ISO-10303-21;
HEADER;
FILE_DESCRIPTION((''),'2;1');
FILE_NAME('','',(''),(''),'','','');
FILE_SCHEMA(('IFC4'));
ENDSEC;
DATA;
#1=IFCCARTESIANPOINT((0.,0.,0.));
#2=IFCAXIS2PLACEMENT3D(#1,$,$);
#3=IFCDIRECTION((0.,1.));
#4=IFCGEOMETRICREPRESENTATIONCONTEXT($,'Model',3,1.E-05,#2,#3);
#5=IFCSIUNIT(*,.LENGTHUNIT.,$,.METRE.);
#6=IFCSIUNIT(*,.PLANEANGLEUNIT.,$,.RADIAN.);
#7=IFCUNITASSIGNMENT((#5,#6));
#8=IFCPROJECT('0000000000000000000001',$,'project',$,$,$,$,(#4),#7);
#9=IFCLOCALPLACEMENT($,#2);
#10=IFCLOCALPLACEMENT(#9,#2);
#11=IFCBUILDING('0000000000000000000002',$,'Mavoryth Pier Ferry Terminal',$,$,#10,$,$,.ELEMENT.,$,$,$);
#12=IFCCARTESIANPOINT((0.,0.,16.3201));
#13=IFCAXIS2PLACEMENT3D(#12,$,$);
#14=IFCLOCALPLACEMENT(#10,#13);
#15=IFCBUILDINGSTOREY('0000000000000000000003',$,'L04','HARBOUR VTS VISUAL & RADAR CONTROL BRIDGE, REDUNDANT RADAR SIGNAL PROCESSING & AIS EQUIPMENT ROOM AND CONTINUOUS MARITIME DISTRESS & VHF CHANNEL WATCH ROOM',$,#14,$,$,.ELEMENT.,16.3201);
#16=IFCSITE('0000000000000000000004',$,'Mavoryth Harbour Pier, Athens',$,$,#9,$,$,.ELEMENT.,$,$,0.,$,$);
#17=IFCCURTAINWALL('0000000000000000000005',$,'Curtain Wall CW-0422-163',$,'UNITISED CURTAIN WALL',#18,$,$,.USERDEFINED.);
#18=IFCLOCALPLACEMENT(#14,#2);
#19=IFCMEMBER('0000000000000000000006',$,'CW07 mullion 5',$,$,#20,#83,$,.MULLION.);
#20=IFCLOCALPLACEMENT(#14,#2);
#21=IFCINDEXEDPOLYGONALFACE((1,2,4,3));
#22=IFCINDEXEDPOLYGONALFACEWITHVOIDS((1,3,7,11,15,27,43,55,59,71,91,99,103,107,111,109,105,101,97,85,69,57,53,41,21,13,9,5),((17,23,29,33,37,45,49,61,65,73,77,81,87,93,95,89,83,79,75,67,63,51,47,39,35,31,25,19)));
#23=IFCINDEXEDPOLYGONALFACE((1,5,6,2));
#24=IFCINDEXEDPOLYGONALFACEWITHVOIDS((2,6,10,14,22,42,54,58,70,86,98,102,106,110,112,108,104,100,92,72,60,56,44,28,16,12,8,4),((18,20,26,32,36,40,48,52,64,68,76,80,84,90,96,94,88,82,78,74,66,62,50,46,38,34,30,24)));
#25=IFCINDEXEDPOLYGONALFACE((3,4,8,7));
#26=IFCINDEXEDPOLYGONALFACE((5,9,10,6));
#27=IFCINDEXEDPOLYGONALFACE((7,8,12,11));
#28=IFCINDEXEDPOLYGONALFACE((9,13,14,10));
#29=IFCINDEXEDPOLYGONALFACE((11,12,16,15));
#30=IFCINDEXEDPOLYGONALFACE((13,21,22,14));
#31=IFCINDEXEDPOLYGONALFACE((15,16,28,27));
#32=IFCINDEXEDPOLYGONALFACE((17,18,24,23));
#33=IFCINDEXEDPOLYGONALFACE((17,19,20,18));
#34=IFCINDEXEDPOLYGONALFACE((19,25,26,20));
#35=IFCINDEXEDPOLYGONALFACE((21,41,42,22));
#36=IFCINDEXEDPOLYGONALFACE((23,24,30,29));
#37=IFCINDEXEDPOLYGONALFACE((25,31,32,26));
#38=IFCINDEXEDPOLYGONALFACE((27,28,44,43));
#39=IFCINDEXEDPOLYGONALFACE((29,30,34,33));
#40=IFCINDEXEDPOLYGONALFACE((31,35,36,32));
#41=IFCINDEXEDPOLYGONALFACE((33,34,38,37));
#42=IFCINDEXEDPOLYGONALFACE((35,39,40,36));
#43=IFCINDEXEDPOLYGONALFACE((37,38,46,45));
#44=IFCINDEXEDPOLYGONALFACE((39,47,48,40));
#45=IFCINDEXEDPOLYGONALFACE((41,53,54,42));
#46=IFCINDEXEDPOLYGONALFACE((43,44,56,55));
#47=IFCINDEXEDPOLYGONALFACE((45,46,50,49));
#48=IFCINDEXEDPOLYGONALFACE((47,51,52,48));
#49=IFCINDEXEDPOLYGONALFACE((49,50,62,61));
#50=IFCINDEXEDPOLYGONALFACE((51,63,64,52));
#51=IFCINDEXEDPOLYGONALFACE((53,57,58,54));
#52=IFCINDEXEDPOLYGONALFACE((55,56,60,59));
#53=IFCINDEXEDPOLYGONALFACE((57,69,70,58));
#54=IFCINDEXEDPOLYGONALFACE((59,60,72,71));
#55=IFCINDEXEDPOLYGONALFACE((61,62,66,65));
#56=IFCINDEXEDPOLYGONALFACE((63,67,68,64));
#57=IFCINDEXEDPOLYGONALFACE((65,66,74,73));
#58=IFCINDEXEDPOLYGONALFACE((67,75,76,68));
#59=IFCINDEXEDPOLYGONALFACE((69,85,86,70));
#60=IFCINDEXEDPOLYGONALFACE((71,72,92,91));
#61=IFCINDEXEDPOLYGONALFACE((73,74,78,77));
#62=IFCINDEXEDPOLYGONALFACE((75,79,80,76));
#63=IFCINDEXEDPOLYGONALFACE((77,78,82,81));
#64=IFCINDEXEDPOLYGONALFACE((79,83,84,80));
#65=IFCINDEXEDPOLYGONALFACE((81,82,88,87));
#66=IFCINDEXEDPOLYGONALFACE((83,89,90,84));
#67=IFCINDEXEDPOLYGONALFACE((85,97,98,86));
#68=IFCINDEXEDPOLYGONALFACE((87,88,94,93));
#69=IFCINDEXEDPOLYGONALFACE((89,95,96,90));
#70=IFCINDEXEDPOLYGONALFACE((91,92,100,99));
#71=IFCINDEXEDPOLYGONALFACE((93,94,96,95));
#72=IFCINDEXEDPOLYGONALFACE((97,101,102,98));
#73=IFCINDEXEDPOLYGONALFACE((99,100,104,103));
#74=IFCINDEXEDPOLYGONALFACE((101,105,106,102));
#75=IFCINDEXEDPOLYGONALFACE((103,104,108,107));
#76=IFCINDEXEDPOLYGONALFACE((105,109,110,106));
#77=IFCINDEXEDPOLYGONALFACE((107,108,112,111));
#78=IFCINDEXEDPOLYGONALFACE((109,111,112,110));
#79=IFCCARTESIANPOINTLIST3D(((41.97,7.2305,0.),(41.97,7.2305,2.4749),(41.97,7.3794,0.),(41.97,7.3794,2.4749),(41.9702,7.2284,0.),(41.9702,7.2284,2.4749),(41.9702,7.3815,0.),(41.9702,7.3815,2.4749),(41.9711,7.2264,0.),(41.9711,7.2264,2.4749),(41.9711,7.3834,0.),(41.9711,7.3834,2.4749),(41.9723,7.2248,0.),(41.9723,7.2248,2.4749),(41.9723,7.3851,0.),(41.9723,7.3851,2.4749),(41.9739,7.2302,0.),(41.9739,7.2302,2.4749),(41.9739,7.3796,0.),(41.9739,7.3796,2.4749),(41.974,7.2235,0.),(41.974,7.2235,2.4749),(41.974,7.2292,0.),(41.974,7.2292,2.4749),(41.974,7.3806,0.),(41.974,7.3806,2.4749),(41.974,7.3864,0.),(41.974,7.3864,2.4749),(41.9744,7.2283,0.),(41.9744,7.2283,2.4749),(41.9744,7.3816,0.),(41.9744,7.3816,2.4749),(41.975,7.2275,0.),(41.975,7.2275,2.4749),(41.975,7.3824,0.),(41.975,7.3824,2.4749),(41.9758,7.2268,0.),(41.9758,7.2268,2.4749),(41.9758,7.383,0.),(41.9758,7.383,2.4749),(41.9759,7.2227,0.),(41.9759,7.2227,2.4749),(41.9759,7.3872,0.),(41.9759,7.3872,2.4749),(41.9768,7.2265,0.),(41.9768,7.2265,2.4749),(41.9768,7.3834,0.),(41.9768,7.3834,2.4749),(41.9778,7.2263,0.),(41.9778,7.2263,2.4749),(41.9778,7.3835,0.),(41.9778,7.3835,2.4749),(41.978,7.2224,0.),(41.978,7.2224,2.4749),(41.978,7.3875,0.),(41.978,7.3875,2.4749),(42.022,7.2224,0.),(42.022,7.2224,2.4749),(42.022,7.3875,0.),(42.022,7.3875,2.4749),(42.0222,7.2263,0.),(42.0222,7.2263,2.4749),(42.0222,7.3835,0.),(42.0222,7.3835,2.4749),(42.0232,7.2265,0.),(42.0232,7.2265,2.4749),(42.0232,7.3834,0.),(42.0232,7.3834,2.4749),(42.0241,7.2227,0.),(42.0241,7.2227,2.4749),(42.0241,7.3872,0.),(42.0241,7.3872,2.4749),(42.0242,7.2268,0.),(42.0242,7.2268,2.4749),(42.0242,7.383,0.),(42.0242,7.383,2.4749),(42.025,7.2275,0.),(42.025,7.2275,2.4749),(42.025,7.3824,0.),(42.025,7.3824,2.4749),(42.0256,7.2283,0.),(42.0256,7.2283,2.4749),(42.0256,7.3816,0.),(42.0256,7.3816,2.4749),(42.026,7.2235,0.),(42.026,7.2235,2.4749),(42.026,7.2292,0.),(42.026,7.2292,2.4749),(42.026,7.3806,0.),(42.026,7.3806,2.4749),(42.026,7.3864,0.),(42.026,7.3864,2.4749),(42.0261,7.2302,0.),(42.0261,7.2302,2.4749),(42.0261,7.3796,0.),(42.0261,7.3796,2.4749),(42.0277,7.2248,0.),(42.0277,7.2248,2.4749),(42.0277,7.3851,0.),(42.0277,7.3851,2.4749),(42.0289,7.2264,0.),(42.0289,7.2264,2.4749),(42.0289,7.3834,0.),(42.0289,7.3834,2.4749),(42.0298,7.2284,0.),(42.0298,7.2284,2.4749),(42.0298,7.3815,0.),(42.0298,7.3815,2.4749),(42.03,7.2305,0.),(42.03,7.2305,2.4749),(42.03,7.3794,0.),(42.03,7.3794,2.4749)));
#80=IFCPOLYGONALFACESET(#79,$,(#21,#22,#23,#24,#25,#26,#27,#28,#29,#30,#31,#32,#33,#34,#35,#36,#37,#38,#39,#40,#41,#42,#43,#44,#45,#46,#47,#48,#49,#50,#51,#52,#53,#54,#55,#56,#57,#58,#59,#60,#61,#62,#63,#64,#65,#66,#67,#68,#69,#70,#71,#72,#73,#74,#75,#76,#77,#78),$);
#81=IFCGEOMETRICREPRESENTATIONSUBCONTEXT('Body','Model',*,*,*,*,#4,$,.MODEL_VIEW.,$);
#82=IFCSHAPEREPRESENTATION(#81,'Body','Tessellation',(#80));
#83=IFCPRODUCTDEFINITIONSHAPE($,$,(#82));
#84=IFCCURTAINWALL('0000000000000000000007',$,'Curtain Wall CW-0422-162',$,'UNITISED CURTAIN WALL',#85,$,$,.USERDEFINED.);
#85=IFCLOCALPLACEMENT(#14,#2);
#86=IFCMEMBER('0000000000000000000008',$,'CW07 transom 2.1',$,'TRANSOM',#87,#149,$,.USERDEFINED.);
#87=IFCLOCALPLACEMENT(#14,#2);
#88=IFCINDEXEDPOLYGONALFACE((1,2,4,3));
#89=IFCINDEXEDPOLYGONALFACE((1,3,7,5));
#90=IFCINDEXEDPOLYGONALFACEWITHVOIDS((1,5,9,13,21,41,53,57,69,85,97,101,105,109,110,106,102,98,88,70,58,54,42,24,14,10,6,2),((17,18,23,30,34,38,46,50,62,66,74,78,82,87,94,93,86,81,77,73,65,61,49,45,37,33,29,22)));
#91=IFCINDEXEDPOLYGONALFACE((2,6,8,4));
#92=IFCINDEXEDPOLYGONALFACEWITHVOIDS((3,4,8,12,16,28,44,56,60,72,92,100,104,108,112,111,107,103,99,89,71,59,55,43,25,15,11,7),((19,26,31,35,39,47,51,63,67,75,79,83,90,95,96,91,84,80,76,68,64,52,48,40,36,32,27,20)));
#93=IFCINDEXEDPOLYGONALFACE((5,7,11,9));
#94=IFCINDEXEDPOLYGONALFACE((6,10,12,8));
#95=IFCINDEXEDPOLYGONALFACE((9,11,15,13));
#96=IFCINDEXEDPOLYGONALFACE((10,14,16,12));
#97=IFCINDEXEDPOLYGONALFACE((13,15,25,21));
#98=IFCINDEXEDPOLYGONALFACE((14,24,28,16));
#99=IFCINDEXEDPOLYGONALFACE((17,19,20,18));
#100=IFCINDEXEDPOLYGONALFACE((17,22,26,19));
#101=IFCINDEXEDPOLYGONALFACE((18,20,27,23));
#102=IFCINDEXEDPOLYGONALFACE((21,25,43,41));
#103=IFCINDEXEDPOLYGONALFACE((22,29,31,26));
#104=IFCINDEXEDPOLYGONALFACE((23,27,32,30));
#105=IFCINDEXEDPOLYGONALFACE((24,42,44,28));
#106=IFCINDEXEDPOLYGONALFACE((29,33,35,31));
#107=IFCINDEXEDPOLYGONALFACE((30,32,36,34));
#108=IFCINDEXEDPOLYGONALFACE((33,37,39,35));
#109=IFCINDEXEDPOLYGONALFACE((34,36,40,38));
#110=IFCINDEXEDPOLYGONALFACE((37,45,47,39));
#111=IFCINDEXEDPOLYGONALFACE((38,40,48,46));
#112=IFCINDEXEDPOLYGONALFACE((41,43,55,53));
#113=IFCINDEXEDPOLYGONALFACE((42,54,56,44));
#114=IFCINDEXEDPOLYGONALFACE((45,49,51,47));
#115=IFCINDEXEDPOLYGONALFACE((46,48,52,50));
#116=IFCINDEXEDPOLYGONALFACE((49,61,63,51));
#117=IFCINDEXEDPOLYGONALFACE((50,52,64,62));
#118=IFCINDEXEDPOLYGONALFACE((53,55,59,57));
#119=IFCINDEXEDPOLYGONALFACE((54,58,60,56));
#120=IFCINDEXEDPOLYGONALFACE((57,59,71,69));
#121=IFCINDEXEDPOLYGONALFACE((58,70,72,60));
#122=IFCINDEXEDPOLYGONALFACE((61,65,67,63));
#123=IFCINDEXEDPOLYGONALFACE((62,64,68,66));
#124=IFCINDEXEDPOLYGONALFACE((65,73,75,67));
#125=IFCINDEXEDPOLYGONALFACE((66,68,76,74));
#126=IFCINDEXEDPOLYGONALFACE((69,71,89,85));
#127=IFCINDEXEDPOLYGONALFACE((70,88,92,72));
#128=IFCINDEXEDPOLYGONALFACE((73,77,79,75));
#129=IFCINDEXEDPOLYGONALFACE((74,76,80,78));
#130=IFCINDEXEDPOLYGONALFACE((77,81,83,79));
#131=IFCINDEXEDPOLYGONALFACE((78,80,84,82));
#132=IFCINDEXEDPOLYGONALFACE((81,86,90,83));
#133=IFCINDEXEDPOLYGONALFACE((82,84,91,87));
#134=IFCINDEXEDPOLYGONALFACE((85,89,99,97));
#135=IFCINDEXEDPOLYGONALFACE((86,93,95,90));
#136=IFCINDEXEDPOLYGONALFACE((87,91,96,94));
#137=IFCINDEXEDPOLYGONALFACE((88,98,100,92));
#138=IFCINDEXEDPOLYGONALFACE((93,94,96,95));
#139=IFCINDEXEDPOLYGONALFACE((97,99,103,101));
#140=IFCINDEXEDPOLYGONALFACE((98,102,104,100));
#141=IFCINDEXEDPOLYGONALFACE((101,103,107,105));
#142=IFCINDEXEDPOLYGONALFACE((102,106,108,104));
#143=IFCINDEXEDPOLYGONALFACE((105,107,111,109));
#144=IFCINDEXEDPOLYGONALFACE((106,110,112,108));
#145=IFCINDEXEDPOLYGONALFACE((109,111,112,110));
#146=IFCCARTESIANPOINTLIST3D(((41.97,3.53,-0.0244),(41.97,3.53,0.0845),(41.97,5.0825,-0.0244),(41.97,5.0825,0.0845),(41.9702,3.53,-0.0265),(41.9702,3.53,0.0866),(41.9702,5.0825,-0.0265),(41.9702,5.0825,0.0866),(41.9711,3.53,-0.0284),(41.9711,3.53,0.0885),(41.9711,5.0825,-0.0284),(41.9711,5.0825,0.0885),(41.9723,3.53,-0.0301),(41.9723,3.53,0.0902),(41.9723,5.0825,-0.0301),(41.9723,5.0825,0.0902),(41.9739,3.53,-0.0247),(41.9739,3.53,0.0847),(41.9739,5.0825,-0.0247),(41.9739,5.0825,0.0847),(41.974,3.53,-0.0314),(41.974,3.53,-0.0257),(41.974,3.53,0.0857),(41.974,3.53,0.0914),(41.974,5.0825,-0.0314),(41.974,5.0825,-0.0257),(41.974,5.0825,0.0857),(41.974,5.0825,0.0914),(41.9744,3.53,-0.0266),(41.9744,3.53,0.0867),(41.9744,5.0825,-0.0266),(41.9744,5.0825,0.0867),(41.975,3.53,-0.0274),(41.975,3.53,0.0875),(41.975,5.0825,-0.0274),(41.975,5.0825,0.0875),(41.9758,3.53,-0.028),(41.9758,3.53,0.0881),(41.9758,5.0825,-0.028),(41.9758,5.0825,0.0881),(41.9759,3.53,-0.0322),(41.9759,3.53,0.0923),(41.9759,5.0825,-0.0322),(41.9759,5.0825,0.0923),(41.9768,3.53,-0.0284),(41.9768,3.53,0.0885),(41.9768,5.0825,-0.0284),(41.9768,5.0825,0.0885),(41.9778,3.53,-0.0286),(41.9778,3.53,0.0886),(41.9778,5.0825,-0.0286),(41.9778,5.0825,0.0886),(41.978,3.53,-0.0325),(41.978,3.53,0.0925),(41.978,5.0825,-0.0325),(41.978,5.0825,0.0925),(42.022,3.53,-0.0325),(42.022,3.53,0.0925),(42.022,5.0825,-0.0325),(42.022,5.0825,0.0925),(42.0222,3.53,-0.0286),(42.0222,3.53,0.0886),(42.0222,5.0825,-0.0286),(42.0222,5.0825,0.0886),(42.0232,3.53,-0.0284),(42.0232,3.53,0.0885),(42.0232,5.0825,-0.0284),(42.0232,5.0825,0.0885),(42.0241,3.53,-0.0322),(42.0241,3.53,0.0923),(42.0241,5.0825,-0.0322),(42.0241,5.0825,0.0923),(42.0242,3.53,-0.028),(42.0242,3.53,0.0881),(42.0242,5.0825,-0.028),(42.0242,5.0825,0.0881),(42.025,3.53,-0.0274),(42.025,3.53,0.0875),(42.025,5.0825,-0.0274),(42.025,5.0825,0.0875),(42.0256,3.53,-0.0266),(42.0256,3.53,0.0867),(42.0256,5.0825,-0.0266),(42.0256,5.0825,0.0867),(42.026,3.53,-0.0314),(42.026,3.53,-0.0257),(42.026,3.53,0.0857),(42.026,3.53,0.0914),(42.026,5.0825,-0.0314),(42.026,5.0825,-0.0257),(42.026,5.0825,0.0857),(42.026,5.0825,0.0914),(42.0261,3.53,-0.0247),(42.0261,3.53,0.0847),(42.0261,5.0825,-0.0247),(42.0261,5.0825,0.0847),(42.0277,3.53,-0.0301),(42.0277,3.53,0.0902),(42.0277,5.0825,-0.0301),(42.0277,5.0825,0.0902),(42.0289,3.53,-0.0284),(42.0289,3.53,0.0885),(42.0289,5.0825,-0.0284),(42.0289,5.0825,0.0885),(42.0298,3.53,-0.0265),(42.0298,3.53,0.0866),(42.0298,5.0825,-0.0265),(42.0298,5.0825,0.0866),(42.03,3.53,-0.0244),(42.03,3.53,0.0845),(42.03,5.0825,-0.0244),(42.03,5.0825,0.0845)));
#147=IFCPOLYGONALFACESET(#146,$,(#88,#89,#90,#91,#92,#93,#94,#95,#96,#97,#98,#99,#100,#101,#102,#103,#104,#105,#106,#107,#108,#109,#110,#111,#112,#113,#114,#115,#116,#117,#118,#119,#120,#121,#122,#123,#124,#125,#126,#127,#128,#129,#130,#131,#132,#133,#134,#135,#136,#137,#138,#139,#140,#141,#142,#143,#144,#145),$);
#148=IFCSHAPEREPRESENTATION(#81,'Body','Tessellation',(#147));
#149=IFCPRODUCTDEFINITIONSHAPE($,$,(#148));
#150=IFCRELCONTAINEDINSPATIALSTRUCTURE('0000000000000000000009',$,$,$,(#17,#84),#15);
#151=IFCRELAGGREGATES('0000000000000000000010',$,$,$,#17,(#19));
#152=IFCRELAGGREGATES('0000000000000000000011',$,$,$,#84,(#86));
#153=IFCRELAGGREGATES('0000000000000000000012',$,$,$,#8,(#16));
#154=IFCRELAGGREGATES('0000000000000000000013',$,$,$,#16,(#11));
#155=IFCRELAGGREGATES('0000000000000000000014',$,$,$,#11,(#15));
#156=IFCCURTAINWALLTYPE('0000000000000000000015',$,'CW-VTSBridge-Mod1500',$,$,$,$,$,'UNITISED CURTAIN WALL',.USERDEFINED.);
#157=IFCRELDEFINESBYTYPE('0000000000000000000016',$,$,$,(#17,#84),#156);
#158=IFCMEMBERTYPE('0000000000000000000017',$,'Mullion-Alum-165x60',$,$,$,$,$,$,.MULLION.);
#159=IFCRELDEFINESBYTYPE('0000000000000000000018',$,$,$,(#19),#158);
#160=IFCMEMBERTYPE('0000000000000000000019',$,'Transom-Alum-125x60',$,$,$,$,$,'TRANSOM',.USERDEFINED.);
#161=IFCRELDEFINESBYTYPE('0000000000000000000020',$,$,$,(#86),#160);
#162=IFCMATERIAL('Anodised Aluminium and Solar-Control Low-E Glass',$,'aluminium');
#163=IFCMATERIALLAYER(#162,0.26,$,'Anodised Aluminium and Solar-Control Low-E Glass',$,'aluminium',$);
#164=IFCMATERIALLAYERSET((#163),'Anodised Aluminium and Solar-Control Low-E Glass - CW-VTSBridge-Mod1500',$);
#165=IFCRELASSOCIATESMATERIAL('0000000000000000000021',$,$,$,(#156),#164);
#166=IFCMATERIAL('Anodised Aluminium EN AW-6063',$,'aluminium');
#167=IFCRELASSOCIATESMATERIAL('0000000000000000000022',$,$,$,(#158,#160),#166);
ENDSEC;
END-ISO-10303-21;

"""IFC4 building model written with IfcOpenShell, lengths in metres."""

from ifc_helpers import new_model, si_unit, direction, frame, origin, origin_2d, place, context, subcontext, project, spatial, hollow_rectangle, extrude, material, layer, layer_set, material_profile, profile_set, type_object, element, aggregate, save


model = new_model("IFC4")

# Units and contexts
model_context = context("Model", 3, precision=1e-05, world=origin(), true_north=direction((0.0, 1.0)))
body_context = subcontext(model_context, "Body", "Model", "MODEL_VIEW")
ifc_project = project(units=[si_unit("LENGTHUNIT", "METRE"), si_unit("PLANEANGLEUNIT", "RADIAN")], contexts=[model_context])

# Site, building, storey
site_placement = place(None, origin())
site = spatial("IfcSite", under=ifc_project, at=site_placement, Name="Mavoryth Harbour Pier, Athens", CompositionType="ELEMENT", RefElevation=0.0)
building_placement = place(site_placement, origin())
building = spatial("IfcBuilding", under=site, at=building_placement, Name="Mavoryth Pier Ferry Terminal", CompositionType="ELEMENT")
storey_placement = place(building_placement, frame((0.0, 0.0, 16.3201)))
storey = spatial("IfcBuildingStorey", under=building, at=storey_placement, Name="L04", Description="HARBOUR VTS VISUAL & RADAR CONTROL BRIDGE, REDUNDANT RADAR SIGNAL PROCESSING & AIS EQUIPMENT ROOM AND CONTINUOUS MARITIME DISTRESS & VHF CHANNEL WATCH ROOM", CompositionType="ELEMENT", Elevation=16.3201)

# Curtain walls, members
ifc_material_1 = material(Name="Anodised Aluminium and Solar-Control Low-E Glass", Category="aluminium")
ifc_layer_1 = layer(ifc_material_1, 0.26, Name="Anodised Aluminium and Solar-Control Low-E Glass", Category="aluminium")
ifc_layer_set_1 = layer_set([ifc_layer_1], Name="Anodised Aluminium and Solar-Control Low-E Glass - CW-VTSBridge-Mod1500")
curtain_wall_type = type_object("IfcCurtainWallType", Name="CW-VTSBridge-Mod1500", ElementType="UNITISED CURTAIN WALL", PredefinedType="USERDEFINED", material=ifc_layer_set_1)
curtain_wall_1_placement = place(storey_placement, origin())
curtain_wall_1 = element("IfcCurtainWall", 1, at=curtain_wall_1_placement, inside=storey, type_object=curtain_wall_type, Name="Curtain Wall CW-0422-163", ObjectType="UNITISED CURTAIN WALL", PredefinedType="USERDEFINED")
ifc_material_2 = material(Name="Anodised Aluminium EN AW-6063", Category="aluminium")
ifc_material_profile_1 = material_profile(ifc_material_2, hollow_rectangle(XDim=0.0601, YDim=0.165, WallThickness=0.0039, InnerFilletRadius=0.0039, OuterFilletRadius=0.0081, at=origin_2d()), Name="AL-MULL 165x60x4", Category="aluminium")
ifc_profile_set_1 = profile_set([ifc_material_profile_1], Name="Anodised Aluminium EN AW-6063 - AL-MULL 165x60x4")
member_type_1 = type_object("IfcMemberType", Name="Mullion-Alum-165x60", PredefinedType="MULLION", material=ifc_profile_set_1)
member_1_placement = place(storey_placement, frame((42.0, 7.3049, 0.0), z_axis=(0.0, 0.0, 1.0), x_axis=(1.0, 0.0, 0.0)))
member_1 = element("IfcMember", 2, at=member_1_placement, type_object=member_type_1, Name="CW07 mullion 5", PredefinedType="MULLION", context=body_context, shape_type="SweptSolid", body=[
    extrude(hollow_rectangle(XDim=0.0601, YDim=0.165, WallThickness=0.0039, InnerFilletRadius=0.0039, OuterFilletRadius=0.0081, at=origin_2d()), origin(), (0.0, 0.0, 1.0), 2.4749),
])
curtain_wall_2_placement = place(storey_placement, origin())
curtain_wall_2 = element("IfcCurtainWall", 3, at=curtain_wall_2_placement, inside=storey, type_object=curtain_wall_type, Name="Curtain Wall CW-0422-162", ObjectType="UNITISED CURTAIN WALL", PredefinedType="USERDEFINED")
ifc_material_profile_2 = material_profile(ifc_material_2, hollow_rectangle(XDim=0.0601, YDim=0.125, WallThickness=0.0039, InnerFilletRadius=0.0039, OuterFilletRadius=0.0081, at=origin_2d()), Name="AL-TRAN 125x60x4", Category="aluminium")
ifc_profile_set_2 = profile_set([ifc_material_profile_2], Name="Anodised Aluminium EN AW-6063 - AL-TRAN 125x60x4")
member_type_2 = type_object("IfcMemberType", Name="Transom-Alum-125x60", ElementType="TRANSOM", PredefinedType="USERDEFINED", material=ifc_profile_set_2)
member_2_placement = place(storey_placement, frame((42.0, 5.0825, 0.03), z_axis=(0.0, -1.0, 0.0), x_axis=(1.0, 0.0, 0.0)))
member_2 = element("IfcMember", 4, at=member_2_placement, type_object=member_type_2, Name="CW07 transom 2.1", ObjectType="TRANSOM", PredefinedType="USERDEFINED", context=body_context, shape_type="SweptSolid", body=[
    extrude(hollow_rectangle(XDim=0.0601, YDim=0.125, WallThickness=0.0039, InnerFilletRadius=0.0039, OuterFilletRadius=0.0081, at=origin_2d()), origin(), (0.0, 0.0, 1.0), 1.5525),
])

aggregate(curtain_wall_1, [member_1])

aggregate(curtain_wall_2, [member_2])

save(model, "model.ifc")
